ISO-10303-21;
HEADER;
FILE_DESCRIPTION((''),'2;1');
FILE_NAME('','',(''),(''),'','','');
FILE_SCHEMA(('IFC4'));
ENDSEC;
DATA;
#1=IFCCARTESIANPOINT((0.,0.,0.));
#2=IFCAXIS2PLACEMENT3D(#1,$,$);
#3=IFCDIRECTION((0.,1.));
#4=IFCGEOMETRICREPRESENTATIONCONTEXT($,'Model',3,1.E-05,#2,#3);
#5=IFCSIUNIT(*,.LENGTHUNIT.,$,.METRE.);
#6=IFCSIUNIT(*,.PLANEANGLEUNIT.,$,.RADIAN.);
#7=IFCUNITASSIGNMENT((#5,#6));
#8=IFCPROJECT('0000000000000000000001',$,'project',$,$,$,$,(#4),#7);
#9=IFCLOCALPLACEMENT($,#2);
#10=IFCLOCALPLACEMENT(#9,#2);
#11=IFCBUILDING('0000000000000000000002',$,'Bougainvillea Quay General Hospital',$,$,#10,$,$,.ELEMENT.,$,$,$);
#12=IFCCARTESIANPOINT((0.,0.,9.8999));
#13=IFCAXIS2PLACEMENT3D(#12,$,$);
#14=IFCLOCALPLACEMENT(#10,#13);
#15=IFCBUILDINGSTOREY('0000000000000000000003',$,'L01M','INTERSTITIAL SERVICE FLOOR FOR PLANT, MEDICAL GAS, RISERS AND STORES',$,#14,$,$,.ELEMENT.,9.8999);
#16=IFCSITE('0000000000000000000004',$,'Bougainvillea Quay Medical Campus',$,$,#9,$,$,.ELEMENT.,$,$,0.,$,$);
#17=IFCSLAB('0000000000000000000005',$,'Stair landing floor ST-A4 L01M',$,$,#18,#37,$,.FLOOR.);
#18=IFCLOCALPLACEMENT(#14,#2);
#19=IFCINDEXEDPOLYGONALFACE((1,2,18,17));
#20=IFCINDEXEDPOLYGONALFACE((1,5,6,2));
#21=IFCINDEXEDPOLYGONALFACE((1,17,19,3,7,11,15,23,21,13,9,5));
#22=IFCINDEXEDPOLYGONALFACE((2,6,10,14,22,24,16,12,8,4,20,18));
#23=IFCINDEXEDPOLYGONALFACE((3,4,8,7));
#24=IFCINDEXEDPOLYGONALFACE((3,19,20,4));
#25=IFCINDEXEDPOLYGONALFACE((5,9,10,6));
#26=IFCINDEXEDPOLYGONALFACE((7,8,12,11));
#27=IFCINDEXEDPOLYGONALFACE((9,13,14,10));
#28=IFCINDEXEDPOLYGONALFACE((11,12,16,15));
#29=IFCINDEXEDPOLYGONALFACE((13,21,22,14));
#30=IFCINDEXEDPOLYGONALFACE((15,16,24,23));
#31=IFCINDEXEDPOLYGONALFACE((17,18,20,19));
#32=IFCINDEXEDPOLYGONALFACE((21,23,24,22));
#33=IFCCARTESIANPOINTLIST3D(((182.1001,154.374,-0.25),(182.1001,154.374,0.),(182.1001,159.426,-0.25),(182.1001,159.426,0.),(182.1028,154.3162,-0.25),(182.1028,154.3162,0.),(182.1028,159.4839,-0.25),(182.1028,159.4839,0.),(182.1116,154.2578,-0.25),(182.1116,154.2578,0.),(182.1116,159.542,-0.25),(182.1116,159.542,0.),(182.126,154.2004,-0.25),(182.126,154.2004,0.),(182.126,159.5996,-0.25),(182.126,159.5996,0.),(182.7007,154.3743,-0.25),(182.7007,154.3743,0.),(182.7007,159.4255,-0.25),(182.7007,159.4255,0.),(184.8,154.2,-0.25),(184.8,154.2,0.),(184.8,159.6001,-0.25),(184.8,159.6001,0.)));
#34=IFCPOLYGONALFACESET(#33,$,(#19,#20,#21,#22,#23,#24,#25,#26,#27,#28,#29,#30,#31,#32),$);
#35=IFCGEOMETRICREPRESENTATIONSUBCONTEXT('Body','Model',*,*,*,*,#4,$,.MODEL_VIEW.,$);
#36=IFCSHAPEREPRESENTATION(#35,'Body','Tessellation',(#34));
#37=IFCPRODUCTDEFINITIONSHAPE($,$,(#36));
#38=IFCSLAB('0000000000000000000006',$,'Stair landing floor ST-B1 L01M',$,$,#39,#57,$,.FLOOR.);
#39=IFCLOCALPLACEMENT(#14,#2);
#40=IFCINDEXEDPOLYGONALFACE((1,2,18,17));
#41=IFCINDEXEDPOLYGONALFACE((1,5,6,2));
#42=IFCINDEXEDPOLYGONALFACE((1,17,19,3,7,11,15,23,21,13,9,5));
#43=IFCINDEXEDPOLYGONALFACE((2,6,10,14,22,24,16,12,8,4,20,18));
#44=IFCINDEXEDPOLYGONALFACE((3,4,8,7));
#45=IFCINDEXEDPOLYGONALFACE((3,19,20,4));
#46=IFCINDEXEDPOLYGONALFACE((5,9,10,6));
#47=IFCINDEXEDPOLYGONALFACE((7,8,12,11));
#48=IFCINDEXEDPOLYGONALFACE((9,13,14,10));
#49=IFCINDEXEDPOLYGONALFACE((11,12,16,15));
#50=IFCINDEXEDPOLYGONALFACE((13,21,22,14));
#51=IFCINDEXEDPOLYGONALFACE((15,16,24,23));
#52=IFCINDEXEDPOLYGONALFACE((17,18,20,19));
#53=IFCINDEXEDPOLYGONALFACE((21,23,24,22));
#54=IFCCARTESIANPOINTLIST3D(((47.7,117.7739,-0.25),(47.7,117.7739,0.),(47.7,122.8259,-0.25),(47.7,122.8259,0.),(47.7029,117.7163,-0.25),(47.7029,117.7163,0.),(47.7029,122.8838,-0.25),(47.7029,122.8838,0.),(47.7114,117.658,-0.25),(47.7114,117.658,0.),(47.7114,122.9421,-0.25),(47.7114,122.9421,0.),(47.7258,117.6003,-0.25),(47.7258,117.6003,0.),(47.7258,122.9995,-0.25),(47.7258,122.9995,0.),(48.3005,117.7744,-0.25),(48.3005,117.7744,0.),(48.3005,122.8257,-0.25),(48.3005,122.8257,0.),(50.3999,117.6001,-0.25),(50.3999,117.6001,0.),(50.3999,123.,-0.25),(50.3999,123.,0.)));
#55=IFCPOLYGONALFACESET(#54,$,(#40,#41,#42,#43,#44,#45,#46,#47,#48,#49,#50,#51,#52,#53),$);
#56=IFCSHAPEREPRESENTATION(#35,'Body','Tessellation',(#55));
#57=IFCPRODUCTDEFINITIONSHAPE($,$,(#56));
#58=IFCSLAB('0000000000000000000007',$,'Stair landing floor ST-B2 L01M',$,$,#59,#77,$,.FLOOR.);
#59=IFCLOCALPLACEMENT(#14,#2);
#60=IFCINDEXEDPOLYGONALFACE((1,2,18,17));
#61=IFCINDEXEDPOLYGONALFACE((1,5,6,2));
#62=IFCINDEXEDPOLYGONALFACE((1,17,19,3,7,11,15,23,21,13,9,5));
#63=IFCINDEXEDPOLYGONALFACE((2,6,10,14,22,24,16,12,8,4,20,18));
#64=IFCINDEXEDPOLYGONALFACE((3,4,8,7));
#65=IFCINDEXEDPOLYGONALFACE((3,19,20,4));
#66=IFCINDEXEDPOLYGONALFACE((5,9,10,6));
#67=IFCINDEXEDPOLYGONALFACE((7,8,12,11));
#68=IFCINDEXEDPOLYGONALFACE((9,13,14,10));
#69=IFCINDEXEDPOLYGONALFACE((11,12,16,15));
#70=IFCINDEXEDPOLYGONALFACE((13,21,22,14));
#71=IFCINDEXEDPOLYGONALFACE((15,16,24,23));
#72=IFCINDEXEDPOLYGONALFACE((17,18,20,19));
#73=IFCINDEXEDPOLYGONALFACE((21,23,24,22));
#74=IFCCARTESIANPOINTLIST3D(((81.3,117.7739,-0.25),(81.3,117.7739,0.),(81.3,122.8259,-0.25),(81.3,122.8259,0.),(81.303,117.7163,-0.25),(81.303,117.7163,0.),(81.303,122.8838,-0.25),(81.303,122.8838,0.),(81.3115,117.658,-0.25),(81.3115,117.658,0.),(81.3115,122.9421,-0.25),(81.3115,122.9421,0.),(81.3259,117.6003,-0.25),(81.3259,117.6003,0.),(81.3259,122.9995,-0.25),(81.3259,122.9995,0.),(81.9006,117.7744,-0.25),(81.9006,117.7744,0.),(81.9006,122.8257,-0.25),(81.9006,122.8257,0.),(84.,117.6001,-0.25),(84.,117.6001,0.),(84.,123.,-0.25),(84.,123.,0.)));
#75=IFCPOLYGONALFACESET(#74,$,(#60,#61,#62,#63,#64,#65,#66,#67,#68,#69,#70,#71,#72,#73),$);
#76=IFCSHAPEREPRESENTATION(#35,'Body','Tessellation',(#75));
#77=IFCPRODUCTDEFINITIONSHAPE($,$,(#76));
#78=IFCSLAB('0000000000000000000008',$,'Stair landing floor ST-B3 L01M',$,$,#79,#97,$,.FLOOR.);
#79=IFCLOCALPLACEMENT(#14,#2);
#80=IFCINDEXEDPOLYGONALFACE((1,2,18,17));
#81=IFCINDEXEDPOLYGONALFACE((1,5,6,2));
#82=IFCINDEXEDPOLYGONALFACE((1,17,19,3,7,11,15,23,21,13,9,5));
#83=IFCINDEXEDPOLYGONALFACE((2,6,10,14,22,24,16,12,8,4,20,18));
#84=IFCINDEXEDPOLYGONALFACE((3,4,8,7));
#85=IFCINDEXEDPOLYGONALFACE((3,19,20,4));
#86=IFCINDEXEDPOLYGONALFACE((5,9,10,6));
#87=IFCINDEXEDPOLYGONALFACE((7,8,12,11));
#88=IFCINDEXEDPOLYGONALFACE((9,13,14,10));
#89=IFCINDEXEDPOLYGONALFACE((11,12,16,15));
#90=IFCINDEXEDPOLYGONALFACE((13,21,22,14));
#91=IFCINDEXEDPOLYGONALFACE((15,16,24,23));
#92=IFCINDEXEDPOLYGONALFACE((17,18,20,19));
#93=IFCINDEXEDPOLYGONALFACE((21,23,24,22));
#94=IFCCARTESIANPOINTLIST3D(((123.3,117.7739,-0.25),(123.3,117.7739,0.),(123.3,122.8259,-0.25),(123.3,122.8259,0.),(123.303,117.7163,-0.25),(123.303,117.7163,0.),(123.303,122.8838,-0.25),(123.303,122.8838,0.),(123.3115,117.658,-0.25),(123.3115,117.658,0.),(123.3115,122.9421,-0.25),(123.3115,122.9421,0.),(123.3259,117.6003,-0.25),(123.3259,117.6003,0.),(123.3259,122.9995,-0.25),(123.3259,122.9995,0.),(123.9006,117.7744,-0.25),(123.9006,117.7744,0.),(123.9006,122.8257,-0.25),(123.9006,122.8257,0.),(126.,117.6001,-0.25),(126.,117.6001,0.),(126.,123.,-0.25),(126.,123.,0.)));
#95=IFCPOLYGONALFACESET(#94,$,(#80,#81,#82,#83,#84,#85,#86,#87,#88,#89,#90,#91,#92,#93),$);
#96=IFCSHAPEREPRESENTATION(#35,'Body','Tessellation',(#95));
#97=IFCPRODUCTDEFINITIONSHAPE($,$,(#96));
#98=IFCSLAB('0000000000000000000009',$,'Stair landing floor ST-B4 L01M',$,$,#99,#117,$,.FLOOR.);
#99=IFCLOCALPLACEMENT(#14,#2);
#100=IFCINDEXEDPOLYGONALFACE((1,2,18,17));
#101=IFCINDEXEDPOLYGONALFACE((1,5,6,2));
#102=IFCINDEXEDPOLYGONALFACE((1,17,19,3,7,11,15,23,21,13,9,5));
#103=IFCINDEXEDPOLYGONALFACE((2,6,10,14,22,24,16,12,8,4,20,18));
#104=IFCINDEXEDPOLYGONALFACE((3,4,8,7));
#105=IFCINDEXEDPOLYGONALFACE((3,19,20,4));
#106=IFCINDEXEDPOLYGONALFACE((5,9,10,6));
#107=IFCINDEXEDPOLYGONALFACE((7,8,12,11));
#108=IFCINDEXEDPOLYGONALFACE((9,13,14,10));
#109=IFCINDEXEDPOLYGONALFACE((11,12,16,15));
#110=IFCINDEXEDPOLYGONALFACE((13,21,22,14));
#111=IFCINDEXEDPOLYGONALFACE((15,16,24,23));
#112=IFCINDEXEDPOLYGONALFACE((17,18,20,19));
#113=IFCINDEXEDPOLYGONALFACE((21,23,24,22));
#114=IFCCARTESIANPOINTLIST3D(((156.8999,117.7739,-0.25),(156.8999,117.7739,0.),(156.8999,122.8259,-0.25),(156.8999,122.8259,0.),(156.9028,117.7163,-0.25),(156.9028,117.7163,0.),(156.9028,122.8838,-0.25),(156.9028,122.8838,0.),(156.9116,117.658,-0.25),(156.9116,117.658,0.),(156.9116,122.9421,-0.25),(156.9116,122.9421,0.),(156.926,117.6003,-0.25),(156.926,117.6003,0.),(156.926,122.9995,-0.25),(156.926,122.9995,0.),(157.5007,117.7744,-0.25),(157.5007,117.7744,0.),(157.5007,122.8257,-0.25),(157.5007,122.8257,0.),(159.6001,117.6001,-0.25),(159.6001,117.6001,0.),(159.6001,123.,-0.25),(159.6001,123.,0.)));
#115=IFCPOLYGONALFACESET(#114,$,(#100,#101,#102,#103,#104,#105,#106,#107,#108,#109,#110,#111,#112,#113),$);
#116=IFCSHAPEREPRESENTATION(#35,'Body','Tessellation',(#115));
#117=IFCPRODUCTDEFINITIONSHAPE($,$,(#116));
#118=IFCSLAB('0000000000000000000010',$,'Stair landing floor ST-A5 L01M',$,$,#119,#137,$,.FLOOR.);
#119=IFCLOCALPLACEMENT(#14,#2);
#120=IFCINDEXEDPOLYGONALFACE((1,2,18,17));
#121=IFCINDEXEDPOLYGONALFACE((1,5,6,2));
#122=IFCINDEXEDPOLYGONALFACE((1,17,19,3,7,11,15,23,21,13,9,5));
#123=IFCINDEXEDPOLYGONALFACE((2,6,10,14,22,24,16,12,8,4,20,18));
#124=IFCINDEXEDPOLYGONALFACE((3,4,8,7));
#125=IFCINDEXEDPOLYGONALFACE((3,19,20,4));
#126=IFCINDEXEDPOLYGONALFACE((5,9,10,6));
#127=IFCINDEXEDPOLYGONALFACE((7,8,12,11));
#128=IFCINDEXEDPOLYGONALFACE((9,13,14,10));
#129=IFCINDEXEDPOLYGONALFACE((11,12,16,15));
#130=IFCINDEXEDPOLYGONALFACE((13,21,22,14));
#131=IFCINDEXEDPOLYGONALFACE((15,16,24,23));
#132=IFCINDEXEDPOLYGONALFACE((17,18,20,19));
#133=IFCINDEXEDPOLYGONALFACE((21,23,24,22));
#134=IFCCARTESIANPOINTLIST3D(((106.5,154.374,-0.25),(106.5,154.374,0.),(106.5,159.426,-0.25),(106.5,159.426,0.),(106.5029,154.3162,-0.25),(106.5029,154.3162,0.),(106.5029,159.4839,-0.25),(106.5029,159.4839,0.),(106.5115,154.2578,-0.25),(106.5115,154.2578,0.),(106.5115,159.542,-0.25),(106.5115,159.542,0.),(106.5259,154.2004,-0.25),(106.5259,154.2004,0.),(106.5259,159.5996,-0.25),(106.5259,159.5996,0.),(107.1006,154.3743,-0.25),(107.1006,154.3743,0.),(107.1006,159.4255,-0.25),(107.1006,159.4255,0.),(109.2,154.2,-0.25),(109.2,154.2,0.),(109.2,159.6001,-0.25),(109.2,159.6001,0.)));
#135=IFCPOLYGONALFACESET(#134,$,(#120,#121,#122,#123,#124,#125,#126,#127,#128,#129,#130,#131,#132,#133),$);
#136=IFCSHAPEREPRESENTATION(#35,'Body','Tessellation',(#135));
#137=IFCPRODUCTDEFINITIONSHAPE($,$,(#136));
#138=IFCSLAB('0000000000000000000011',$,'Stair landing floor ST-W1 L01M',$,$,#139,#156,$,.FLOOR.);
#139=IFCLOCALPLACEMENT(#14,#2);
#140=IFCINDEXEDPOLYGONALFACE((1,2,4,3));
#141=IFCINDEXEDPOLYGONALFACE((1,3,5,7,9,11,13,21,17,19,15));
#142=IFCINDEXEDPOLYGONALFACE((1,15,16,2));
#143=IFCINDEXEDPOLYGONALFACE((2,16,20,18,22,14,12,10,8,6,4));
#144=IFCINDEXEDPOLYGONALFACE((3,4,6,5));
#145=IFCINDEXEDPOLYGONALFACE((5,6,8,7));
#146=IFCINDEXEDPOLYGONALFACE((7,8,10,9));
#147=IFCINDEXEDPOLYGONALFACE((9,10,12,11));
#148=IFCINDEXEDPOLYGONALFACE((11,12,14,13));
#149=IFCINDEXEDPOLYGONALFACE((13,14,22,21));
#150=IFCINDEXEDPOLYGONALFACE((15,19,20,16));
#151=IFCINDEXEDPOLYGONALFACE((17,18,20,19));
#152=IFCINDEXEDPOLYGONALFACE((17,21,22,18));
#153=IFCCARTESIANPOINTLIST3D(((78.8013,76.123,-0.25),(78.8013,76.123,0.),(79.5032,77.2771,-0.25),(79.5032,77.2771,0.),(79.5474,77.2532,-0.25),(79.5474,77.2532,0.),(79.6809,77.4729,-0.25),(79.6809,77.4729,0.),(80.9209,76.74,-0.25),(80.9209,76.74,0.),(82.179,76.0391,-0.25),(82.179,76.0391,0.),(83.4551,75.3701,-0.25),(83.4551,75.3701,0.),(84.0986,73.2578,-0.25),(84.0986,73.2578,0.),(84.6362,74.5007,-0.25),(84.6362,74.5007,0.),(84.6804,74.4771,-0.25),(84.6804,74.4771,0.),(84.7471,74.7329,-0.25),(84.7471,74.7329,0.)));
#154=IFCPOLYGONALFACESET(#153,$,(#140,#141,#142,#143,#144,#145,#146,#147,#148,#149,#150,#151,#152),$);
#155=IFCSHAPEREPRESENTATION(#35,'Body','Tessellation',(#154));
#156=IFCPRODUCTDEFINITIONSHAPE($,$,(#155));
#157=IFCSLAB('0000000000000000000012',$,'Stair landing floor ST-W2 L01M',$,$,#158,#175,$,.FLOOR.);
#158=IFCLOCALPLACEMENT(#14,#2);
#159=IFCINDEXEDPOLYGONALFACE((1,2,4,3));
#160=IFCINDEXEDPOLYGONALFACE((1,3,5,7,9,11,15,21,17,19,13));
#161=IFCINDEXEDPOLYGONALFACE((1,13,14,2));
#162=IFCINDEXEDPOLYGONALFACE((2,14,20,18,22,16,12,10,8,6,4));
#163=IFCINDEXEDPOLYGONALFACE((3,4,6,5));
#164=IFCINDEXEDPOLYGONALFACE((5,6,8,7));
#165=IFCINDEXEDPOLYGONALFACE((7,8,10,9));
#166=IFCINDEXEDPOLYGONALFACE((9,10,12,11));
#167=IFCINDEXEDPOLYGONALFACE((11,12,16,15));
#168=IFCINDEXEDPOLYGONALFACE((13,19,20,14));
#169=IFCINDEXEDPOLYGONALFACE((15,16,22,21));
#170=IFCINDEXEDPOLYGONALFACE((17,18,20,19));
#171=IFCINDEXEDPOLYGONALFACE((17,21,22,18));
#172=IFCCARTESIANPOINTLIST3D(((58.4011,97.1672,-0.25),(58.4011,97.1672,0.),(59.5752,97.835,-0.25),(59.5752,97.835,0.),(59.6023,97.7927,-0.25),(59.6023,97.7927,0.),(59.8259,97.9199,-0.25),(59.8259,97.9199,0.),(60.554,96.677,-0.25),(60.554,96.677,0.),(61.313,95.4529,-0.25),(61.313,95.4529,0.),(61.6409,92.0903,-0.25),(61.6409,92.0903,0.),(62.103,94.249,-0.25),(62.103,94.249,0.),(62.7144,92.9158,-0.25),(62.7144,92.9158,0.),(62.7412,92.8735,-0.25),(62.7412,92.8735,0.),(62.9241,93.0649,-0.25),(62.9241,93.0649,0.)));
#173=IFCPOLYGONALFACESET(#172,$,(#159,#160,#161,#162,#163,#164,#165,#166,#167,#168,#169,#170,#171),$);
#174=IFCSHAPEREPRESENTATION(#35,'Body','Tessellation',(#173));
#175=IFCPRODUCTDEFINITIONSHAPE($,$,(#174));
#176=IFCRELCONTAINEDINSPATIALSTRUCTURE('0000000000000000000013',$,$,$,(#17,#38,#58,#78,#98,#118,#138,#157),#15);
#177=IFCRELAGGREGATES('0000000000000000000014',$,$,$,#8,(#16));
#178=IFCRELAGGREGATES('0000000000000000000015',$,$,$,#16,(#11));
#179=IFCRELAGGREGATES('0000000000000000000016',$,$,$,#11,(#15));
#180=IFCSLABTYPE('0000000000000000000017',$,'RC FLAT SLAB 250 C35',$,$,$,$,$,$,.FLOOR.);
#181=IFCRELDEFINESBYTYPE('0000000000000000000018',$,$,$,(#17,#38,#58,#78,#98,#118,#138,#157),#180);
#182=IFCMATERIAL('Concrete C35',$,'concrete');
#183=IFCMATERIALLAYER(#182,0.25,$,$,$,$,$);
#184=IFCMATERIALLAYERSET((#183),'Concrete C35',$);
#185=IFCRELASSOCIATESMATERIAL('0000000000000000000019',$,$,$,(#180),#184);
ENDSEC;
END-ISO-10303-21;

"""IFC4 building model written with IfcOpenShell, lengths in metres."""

from ifc_helpers import new_model, si_unit, direction, frame, origin, place, context, subcontext, project, spatial, polyline, outline, extrude, material, layer, layer_set, type_object, element, save


model = new_model("IFC4")

# Units and contexts
model_context = context("Model", 3, precision=1e-05, world=origin(), true_north=direction((0.0, 1.0)))
body_context = subcontext(model_context, "Body", "Model", "MODEL_VIEW")
ifc_project = project(units=[si_unit("LENGTHUNIT", "METRE"), si_unit("PLANEANGLEUNIT", "RADIAN")], contexts=[model_context])

# Site, building, storey
site_placement = place(None, origin())
site = spatial("IfcSite", under=ifc_project, at=site_placement, Name="Bougainvillea Quay Medical Campus", CompositionType="ELEMENT", RefElevation=0.0)
building_placement = place(site_placement, origin())
building = spatial("IfcBuilding", under=site, at=building_placement, Name="Bougainvillea Quay General Hospital", CompositionType="ELEMENT")
storey_placement = place(building_placement, frame((0.0, 0.0, 9.8999)))
storey = spatial("IfcBuildingStorey", under=building, at=storey_placement, Name="L01M", Description="INTERSTITIAL SERVICE FLOOR FOR PLANT, MEDICAL GAS, RISERS AND STORES", CompositionType="ELEMENT", Elevation=9.8999)

# Slabs
ifc_material_1 = material(Name="Concrete C35", Category="concrete")
ifc_layer_1 = layer(ifc_material_1, 0.25)
ifc_layer_set_1 = layer_set([ifc_layer_1], Name="Concrete C35")
slab_type_1 = type_object("IfcSlabType", Name="RC FLAT SLAB 250 C35", PredefinedType="FLOOR", material=ifc_layer_set_1)
slab_1_placement = place(storey_placement, frame((0.0, 0.0, -0.25)))
element("IfcSlab", 1, at=slab_1_placement, inside=storey, type_object=slab_type_1, Name="Stair landing floor ST-A4 L01M", PredefinedType="FLOOR", context=body_context, shape_type="SweptSolid", body=[
    extrude(outline(polyline([(182.1028, 159.4839), (182.1116, 159.542), (182.126, 159.5996), (184.8, 159.6001), (184.8, 154.2), (182.126, 154.2004), (182.1116, 154.2578), (182.1028, 154.3162), (182.1001, 154.374), (182.7007, 154.3743), (182.7007, 159.4255), (182.1001, 159.426), (182.1028, 159.4839)])), origin(), (0.0, 0.0, 1.0), 0.25),
])
slab_2_placement = place(storey_placement, frame((0.0, 0.0, -0.25)))
element("IfcSlab", 2, at=slab_2_placement, inside=storey, type_object=slab_type_1, Name="Stair landing floor ST-B1 L01M", PredefinedType="FLOOR", context=body_context, shape_type="SweptSolid", body=[
    extrude(outline(polyline([(47.7029, 122.8838), (47.7114, 122.9421), (47.7258, 122.9995), (50.3999, 123.0), (50.3999, 117.6001), (47.7258, 117.6003), (47.7114, 117.658), (47.7029, 117.7163), (47.7, 117.7739), (48.3005, 117.7744), (48.3005, 122.8257), (47.7, 122.8259), (47.7029, 122.8838)])), origin(), (0.0, 0.0, 1.0), 0.25),
])
slab_3_placement = place(storey_placement, frame((0.0, 0.0, -0.25)))
element("IfcSlab", 3, at=slab_3_placement, inside=storey, type_object=slab_type_1, Name="Stair landing floor ST-B2 L01M", PredefinedType="FLOOR", context=body_context, shape_type="SweptSolid", body=[
    extrude(outline(polyline([(81.303, 122.8838), (81.3115, 122.9421), (81.3259, 122.9995), (84.0, 123.0), (84.0, 117.6001), (81.3259, 117.6003), (81.3115, 117.658), (81.303, 117.7163), (81.3, 117.7739), (81.9006, 117.7744), (81.9006, 122.8257), (81.3, 122.8259), (81.303, 122.8838)])), origin(), (0.0, 0.0, 1.0), 0.25),
])
slab_4_placement = place(storey_placement, frame((0.0, 0.0, -0.25)))
element("IfcSlab", 4, at=slab_4_placement, inside=storey, type_object=slab_type_1, Name="Stair landing floor ST-B3 L01M", PredefinedType="FLOOR", context=body_context, shape_type="SweptSolid", body=[
    extrude(outline(polyline([(123.303, 122.8838), (123.3115, 122.9421), (123.3259, 122.9995), (126.0, 123.0), (126.0, 117.6001), (123.3259, 117.6003), (123.3115, 117.658), (123.303, 117.7163), (123.3, 117.7739), (123.9006, 117.7744), (123.9006, 122.8257), (123.3, 122.8259), (123.303, 122.8838)])), origin(), (0.0, 0.0, 1.0), 0.25),
])
slab_5_placement = place(storey_placement, frame((0.0, 0.0, -0.25)))
element("IfcSlab", 5, at=slab_5_placement, inside=storey, type_object=slab_type_1, Name="Stair landing floor ST-B4 L01M", PredefinedType="FLOOR", context=body_context, shape_type="SweptSolid", body=[
    extrude(outline(polyline([(156.9028, 122.8838), (156.9116, 122.9421), (156.926, 122.9995), (159.6001, 123.0), (159.6001, 117.6001), (156.926, 117.6003), (156.9116, 117.658), (156.9028, 117.7163), (156.8999, 117.7739), (157.5007, 117.7744), (157.5007, 122.8257), (156.8999, 122.8259), (156.9028, 122.8838)])), origin(), (0.0, 0.0, 1.0), 0.25),
])
slab_6_placement = place(storey_placement, frame((0.0, 0.0, -0.25)))
element("IfcSlab", 6, at=slab_6_placement, inside=storey, type_object=slab_type_1, Name="Stair landing floor ST-A5 L01M", PredefinedType="FLOOR", context=body_context, shape_type="SweptSolid", body=[
    extrude(outline(polyline([(106.5029, 159.4839), (106.5115, 159.542), (106.5259, 159.5996), (109.2, 159.6001), (109.2, 154.2), (106.5259, 154.2004), (106.5115, 154.2578), (106.5029, 154.3162), (106.5, 154.374), (107.1006, 154.3743), (107.1006, 159.4255), (106.5, 159.426), (106.5029, 159.4839)])), origin(), (0.0, 0.0, 1.0), 0.25),
])
slab_7_placement = place(storey_placement, frame((0.0, 0.0, -0.25)))
element("IfcSlab", 7, at=slab_7_placement, inside=storey, type_object=slab_type_1, Name="Stair landing floor ST-W1 L01M", PredefinedType="FLOOR", context=body_context, shape_type="SweptSolid", body=[
    extrude(outline(polyline([(82.179, 76.0391), (83.4551, 75.3701), (84.7471, 74.7329), (84.6362, 74.5007), (84.6804, 74.4771), (84.0986, 73.2578), (78.8013, 76.123), (79.5032, 77.2771), (79.5474, 77.2532), (79.6809, 77.4729), (80.9209, 76.74), (82.179, 76.0391)])), origin(), (0.0, 0.0, 1.0), 0.25),
])
slab_8_placement = place(storey_placement, frame((0.0, 0.0, -0.25)))
element("IfcSlab", 8, at=slab_8_placement, inside=storey, type_object=slab_type_1, Name="Stair landing floor ST-W2 L01M", PredefinedType="FLOOR", context=body_context, shape_type="SweptSolid", body=[
    extrude(outline(polyline([(61.313, 95.4529), (62.103, 94.249), (62.9241, 93.0649), (62.7144, 92.9158), (62.7412, 92.8735), (61.6409, 92.0903), (58.4011, 97.1672), (59.5752, 97.835), (59.6023, 97.7927), (59.8259, 97.9199), (60.554, 96.677), (61.313, 95.4529)])), origin(), (0.0, 0.0, 1.0), 0.25),
])

save(model, "model.ifc")
